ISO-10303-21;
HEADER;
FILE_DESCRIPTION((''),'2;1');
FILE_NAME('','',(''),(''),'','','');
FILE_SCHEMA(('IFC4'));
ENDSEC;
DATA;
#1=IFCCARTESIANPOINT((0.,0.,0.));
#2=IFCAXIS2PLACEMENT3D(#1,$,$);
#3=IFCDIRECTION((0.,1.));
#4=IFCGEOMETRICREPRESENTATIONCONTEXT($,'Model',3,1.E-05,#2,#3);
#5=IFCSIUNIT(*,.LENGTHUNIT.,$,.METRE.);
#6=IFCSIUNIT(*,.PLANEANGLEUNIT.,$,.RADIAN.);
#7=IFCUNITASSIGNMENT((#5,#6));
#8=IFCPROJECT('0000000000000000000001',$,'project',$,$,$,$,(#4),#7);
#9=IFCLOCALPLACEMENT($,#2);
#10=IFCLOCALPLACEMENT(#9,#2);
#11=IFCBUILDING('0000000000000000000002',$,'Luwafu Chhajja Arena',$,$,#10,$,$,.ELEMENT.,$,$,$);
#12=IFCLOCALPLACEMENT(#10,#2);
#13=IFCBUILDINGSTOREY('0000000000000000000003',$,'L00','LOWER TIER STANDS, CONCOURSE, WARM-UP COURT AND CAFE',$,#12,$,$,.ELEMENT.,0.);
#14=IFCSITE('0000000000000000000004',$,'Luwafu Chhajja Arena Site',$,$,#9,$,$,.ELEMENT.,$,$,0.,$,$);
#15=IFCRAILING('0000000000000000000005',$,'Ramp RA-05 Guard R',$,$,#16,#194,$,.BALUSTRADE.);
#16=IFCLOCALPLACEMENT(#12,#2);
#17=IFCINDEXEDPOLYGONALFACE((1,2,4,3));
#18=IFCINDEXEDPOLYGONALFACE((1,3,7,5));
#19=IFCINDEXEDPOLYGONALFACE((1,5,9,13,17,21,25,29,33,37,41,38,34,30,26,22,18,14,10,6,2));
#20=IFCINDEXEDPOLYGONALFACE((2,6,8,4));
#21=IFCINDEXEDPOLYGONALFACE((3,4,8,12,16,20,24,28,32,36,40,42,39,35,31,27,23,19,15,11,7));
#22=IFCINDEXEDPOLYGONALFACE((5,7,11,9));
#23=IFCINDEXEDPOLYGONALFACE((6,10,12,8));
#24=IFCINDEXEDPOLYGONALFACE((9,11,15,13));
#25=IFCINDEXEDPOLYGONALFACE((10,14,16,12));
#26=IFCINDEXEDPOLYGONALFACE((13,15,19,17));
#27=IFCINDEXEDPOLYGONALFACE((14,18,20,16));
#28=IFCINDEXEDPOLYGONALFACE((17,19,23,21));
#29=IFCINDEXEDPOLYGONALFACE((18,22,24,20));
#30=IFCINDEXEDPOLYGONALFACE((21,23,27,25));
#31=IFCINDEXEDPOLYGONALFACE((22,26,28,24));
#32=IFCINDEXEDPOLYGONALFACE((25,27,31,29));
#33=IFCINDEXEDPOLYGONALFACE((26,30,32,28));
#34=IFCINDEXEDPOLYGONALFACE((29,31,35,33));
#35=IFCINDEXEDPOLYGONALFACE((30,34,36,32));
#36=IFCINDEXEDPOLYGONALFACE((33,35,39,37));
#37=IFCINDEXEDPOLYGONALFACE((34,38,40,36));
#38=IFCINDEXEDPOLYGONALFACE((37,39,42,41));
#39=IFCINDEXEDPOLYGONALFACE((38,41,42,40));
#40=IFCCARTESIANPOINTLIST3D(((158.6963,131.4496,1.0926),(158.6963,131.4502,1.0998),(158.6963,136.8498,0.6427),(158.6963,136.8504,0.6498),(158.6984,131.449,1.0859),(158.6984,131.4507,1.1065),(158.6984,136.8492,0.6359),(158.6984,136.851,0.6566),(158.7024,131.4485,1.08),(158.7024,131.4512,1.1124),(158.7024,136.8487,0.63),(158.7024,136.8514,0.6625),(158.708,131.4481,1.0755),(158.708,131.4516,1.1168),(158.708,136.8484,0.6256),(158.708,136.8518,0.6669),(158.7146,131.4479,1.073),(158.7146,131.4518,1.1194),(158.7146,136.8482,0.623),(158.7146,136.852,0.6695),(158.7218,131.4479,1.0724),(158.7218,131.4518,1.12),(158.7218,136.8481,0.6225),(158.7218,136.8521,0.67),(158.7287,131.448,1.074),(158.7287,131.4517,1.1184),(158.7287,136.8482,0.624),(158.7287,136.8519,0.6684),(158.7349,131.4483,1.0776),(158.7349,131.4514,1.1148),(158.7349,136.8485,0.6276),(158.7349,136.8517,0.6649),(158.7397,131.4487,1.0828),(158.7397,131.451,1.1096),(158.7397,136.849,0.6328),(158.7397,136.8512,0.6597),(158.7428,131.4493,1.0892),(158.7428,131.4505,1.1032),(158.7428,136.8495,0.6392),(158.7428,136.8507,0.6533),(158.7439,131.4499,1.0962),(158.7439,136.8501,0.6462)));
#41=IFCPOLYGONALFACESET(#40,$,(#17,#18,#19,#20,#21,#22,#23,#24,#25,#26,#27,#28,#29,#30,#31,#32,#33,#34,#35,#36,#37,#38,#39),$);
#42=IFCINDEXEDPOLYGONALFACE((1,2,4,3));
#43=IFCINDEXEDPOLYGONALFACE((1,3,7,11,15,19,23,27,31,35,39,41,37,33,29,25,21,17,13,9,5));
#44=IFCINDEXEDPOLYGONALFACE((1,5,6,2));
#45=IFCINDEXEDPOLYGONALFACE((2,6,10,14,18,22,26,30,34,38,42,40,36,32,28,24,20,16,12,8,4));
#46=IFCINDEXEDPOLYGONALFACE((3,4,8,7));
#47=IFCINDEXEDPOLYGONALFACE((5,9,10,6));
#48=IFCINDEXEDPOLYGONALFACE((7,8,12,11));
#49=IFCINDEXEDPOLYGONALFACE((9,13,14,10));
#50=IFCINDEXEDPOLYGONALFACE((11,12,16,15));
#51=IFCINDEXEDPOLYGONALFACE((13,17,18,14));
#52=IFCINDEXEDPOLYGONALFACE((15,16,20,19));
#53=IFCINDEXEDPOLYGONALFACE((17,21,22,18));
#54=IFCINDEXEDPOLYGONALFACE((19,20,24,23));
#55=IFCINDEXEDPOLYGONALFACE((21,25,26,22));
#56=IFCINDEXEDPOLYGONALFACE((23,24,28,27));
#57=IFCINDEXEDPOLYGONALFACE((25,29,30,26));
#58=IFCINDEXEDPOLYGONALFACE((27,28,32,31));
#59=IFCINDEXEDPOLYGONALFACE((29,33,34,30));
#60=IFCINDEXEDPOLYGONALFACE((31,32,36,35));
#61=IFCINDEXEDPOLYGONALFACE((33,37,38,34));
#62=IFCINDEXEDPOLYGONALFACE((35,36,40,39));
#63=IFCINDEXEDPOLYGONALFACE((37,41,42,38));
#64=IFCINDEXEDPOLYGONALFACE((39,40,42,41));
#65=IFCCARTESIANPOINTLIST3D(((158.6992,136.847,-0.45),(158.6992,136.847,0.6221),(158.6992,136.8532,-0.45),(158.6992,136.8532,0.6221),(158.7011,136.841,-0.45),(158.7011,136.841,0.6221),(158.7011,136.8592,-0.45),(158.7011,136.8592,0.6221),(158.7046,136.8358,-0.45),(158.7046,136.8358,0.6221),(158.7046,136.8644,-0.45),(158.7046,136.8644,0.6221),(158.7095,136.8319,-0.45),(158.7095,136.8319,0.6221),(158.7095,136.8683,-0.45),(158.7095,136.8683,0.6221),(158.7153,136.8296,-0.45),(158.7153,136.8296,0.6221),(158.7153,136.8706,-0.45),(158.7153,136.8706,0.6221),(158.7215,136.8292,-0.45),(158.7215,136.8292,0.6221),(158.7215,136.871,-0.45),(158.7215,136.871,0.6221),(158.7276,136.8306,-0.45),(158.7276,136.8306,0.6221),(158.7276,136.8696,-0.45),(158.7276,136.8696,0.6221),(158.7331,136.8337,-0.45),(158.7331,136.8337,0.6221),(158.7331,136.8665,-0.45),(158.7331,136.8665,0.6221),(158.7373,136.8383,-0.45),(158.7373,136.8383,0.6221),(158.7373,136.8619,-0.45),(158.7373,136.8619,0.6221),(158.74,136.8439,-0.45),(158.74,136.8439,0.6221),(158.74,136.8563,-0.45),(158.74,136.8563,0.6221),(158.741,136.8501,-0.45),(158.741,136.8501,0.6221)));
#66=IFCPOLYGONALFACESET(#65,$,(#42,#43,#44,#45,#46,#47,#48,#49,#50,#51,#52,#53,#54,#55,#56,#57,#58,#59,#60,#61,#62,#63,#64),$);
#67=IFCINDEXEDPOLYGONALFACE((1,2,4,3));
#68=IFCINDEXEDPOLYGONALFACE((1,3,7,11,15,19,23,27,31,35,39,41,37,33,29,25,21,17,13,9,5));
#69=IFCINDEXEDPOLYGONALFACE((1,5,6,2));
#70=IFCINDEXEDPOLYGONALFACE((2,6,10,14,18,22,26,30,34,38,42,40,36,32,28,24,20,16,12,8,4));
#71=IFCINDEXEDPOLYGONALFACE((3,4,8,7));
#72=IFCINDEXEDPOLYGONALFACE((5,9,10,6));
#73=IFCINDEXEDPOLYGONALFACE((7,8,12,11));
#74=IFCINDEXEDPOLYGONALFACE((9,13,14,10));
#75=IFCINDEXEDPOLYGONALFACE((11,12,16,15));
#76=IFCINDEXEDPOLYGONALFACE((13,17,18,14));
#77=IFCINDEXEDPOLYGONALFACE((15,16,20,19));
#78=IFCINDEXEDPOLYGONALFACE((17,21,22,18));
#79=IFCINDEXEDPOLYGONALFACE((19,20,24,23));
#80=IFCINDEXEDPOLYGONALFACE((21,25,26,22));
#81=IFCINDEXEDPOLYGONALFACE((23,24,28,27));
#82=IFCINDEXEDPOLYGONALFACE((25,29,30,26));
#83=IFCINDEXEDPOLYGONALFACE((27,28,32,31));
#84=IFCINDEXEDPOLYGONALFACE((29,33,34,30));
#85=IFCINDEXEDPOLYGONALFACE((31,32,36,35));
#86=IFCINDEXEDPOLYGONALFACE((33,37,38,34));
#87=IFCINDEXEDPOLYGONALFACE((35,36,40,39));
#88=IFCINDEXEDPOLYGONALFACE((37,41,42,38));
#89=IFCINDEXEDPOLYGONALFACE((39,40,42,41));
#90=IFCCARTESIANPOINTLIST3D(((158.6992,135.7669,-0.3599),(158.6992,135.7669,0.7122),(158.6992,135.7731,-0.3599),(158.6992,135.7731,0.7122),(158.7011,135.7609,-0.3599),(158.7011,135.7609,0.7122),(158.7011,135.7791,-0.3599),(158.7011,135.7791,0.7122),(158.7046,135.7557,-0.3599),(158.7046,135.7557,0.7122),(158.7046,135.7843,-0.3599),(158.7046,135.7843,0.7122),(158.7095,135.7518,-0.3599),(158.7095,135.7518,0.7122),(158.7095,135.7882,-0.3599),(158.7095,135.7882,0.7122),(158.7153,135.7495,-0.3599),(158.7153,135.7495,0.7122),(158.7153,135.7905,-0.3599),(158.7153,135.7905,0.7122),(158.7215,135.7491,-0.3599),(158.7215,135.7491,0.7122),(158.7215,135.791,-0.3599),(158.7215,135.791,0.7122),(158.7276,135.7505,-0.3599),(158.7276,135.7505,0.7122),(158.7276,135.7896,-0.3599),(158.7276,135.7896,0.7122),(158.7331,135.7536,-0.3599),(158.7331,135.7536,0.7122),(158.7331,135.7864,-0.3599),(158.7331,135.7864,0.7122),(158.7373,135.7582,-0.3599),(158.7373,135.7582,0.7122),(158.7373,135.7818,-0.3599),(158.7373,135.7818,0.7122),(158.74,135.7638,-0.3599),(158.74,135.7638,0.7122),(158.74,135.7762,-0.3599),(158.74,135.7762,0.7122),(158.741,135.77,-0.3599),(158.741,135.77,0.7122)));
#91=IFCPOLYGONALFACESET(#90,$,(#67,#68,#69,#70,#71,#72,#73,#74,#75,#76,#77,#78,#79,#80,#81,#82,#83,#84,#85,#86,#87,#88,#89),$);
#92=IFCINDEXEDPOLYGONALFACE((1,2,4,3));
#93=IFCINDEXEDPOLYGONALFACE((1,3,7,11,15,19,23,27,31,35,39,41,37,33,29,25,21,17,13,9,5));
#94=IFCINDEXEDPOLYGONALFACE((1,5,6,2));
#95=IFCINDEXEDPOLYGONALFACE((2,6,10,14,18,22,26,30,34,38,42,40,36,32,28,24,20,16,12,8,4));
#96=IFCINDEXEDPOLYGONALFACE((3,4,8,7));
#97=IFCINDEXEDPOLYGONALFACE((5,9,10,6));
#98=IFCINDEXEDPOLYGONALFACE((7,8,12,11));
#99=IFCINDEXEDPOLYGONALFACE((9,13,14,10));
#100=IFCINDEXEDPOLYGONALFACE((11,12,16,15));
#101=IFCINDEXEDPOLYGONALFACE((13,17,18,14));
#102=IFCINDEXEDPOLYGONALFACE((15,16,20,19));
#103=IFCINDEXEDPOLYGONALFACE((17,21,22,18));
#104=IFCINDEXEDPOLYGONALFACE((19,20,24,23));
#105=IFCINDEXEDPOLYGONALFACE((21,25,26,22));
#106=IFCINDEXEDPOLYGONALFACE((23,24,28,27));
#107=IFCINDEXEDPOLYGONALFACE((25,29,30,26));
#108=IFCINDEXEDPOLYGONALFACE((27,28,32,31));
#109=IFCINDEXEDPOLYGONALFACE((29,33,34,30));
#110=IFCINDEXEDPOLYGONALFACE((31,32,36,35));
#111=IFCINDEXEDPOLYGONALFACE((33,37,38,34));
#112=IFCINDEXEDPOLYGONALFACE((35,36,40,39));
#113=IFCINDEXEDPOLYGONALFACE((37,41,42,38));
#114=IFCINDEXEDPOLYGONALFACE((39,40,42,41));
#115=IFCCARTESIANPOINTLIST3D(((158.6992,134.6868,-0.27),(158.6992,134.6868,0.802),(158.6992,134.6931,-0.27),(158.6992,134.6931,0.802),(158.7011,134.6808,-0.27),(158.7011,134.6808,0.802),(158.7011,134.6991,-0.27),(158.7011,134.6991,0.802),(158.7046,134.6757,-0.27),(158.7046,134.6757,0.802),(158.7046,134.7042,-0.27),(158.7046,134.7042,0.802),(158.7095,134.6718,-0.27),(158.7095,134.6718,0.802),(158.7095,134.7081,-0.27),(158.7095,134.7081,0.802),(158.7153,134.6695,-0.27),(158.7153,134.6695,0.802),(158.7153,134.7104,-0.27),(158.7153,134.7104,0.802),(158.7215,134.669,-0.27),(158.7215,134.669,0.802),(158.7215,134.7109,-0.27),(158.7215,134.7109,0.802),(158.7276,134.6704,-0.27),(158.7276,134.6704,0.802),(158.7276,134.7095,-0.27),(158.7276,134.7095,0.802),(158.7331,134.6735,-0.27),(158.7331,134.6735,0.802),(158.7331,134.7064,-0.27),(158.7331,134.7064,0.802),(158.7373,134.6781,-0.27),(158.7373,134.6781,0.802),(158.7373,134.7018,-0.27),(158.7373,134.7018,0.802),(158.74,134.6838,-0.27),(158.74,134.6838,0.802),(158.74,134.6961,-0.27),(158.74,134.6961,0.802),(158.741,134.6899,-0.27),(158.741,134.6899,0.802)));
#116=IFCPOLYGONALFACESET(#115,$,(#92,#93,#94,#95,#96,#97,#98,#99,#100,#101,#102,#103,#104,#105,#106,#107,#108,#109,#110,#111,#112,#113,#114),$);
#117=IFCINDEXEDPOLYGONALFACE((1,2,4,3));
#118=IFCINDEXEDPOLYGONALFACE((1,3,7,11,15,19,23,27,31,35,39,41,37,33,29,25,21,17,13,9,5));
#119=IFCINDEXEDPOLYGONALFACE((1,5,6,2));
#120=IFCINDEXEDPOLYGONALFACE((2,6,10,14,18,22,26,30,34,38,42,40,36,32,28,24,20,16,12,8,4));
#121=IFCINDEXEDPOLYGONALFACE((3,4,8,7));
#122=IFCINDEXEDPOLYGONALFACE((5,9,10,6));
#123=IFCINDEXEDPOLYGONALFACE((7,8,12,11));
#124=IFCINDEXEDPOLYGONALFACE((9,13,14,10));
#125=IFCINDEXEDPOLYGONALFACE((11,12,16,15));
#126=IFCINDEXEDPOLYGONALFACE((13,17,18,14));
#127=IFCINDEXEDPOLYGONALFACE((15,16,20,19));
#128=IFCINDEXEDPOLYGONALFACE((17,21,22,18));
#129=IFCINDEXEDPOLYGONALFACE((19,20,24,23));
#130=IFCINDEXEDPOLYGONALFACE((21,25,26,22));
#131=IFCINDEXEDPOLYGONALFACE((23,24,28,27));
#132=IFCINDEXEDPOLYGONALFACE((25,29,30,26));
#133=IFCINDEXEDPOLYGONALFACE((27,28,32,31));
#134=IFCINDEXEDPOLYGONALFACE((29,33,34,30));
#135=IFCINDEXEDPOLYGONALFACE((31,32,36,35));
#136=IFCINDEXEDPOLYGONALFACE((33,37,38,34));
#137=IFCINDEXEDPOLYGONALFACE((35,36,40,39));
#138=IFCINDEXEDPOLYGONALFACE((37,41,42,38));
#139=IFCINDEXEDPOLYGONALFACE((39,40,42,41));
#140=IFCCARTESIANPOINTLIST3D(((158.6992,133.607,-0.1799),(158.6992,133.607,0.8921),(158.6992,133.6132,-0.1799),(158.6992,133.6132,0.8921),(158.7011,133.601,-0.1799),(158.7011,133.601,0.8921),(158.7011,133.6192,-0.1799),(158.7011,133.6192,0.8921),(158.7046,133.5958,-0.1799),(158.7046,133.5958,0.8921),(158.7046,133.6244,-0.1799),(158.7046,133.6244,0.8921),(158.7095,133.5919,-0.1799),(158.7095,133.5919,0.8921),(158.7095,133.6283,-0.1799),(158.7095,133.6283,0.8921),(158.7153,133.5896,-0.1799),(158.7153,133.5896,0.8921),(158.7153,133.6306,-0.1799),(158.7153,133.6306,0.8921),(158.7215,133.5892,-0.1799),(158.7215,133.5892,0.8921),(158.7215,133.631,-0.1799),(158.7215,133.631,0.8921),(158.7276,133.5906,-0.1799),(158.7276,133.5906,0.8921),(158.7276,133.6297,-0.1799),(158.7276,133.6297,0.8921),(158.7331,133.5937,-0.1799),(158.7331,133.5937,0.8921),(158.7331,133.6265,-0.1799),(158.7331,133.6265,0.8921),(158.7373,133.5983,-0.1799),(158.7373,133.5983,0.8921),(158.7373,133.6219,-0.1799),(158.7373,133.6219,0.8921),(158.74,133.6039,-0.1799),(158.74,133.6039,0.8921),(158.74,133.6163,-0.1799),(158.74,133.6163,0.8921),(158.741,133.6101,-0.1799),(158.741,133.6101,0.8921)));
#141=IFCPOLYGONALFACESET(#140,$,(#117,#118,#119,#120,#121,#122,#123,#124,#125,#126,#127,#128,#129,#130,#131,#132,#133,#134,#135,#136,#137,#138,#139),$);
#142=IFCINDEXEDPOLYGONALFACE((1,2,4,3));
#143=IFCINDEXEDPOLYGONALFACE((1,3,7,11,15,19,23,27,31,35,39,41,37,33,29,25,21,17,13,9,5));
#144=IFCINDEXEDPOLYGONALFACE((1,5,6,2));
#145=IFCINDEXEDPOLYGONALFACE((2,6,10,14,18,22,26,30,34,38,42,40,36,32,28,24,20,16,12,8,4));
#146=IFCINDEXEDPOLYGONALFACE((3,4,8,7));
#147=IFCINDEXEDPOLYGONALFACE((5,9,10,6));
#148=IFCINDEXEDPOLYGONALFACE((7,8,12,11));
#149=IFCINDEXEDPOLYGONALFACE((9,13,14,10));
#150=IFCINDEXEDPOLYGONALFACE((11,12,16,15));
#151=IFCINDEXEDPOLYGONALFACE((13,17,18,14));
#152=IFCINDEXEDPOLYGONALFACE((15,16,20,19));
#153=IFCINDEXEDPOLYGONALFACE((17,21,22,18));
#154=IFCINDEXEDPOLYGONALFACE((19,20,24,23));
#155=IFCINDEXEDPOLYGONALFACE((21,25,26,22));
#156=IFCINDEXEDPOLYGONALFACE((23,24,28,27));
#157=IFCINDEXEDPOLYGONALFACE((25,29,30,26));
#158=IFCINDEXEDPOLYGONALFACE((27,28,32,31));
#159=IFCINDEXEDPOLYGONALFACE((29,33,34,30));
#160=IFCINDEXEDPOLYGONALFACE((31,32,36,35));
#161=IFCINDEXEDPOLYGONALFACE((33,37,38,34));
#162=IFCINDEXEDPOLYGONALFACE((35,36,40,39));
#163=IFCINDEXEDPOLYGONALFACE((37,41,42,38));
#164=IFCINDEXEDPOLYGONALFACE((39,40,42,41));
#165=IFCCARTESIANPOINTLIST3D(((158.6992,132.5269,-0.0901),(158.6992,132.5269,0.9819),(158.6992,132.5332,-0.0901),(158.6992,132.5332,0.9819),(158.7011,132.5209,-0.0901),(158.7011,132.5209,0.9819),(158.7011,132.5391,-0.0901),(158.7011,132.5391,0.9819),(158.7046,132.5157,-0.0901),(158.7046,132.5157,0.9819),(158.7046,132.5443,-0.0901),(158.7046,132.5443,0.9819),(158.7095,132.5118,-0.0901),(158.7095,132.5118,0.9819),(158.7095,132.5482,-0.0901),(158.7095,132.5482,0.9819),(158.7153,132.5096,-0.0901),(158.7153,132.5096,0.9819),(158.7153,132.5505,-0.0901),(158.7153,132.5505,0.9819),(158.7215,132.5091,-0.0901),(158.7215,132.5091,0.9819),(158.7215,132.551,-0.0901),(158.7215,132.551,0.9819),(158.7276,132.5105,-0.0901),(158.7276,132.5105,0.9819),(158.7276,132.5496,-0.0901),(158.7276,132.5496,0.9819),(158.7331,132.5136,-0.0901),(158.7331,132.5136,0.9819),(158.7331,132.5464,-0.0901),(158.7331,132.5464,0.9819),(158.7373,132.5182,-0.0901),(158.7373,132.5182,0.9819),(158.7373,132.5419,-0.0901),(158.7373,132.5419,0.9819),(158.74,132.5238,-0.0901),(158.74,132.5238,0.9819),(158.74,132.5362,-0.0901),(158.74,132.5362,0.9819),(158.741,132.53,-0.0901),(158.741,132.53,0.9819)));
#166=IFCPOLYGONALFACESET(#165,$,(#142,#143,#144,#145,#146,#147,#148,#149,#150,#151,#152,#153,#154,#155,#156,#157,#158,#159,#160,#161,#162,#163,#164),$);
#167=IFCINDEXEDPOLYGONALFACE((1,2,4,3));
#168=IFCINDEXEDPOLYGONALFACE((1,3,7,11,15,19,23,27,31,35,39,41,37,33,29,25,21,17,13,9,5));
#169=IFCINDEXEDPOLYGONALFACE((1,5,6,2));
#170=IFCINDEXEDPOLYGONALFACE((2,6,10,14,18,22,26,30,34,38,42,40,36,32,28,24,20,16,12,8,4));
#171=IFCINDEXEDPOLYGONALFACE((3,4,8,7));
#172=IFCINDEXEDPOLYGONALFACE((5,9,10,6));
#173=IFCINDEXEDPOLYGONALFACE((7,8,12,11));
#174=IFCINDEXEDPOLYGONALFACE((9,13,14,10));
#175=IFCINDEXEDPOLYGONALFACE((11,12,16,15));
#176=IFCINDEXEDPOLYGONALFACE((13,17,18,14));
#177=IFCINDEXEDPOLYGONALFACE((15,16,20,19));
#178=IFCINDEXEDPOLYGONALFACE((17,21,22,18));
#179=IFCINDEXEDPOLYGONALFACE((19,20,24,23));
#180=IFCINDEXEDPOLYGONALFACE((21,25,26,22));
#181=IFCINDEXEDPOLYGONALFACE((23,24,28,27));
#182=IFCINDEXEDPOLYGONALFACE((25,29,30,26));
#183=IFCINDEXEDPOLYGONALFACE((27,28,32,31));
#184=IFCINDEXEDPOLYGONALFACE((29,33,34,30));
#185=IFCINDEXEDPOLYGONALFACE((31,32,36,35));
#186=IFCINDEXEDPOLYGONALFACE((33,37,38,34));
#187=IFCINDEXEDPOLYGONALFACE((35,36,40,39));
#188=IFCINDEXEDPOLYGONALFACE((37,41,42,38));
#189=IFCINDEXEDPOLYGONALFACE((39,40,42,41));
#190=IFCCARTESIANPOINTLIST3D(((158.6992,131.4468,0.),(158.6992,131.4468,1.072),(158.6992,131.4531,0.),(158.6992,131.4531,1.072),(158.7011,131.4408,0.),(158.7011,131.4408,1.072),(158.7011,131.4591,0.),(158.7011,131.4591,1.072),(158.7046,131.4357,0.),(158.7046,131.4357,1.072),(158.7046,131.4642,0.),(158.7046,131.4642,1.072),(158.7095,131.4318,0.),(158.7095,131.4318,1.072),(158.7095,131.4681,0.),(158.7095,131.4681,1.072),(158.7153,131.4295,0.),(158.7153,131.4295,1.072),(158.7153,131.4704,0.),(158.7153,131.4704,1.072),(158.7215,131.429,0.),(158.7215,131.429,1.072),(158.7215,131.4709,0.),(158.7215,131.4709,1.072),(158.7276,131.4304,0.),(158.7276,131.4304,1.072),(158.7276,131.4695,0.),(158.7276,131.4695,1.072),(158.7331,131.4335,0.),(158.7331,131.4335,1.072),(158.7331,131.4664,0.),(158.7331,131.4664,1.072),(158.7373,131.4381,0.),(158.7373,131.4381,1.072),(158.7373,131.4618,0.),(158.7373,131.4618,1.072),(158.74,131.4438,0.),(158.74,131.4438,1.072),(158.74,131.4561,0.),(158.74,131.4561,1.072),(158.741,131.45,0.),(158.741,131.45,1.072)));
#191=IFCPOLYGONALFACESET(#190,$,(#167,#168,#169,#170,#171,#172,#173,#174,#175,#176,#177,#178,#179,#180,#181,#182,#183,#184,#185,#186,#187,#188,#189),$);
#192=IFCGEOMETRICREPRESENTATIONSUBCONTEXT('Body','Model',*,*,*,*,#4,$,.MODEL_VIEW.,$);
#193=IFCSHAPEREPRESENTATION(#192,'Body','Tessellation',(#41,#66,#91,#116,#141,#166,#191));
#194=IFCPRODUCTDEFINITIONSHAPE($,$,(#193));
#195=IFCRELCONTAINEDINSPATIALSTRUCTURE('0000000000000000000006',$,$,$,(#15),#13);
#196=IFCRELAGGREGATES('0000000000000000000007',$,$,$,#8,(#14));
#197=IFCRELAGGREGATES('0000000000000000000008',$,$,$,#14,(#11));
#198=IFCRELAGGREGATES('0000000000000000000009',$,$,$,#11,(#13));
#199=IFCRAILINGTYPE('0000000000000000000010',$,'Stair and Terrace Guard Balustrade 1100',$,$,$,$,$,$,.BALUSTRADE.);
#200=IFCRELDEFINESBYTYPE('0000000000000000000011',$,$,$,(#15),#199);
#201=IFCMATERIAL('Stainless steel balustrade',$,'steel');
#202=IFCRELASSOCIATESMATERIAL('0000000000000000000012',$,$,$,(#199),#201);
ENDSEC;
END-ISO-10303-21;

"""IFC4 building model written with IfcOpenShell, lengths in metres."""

from ifc_helpers import new_model, si_unit, direction, frame, origin, origin_2d, place, context, subcontext, project, spatial, circle, extrude, material, type_object, element, save


model = new_model("IFC4")

# Units and contexts
model_context = context("Model", 3, precision=1e-05, world=origin(), true_north=direction((0.0, 1.0)))
body_context = subcontext(model_context, "Body", "Model", "MODEL_VIEW")
ifc_project = project(units=[si_unit("LENGTHUNIT", "METRE"), si_unit("PLANEANGLEUNIT", "RADIAN")], contexts=[model_context])

# Site, building, storey
site_placement = place(None, origin())
site = spatial("IfcSite", under=ifc_project, at=site_placement, Name="Luwafu Chhajja Arena Site", CompositionType="ELEMENT", RefElevation=0.0)
building_placement = place(site_placement, origin())
building = spatial("IfcBuilding", under=site, at=building_placement, Name="Luwafu Chhajja Arena", CompositionType="ELEMENT")
storey_placement = place(building_placement, origin())
storey = spatial("IfcBuildingStorey", under=building, at=storey_placement, Name="L00", Description="LOWER TIER STANDS, CONCOURSE, WARM-UP COURT AND CAFE", CompositionType="ELEMENT", Elevation=0.0)

# Railing
ifc_material_1 = material(Name="Stainless steel balustrade", Category="steel")
railing_type = type_object("IfcRailingType", Name="Stair and Terrace Guard Balustrade 1100", PredefinedType="BALUSTRADE", material=ifc_material_1)
railing_placement = place(storey_placement, frame((158.72, 136.8501, -0.45)))
element("IfcRailing", 1, at=railing_placement, inside=storey, type_object=railing_type, Name="Ramp RA-05 Guard R", PredefinedType="BALUSTRADE", context=body_context, shape_type="SweptSolid", body=[
    extrude(circle(Radius=0.0239, at=origin_2d()), frame((0.0, 0.0, 1.0962), z_axis=(0.0, -0.996547, 0.083034), x_axis=(1.0, 0.0, 0.0)), (0.0, 0.0, 1.0), 5.4189),
    extrude(circle(Radius=0.021, at=origin_2d()), origin(), (0.0, 0.0, 1.0), 1.072),
    extrude(circle(Radius=0.021, at=origin_2d()), frame((0.0, -1.0801, 0.0901)), (0.0, 0.0, 1.0), 1.072),
    extrude(circle(Radius=0.021, at=origin_2d()), frame((0.0, -2.1602, 0.1799)), (0.0, 0.0, 1.0), 1.072),
    extrude(circle(Radius=0.021, at=origin_2d()), frame((0.0, -3.24, 0.27)), (0.0, 0.0, 1.0), 1.072),
    extrude(circle(Radius=0.021, at=origin_2d()), frame((0.0, -4.3201, 0.3599)), (0.0, 0.0, 1.0), 1.072),
    extrude(circle(Radius=0.021, at=origin_2d()), frame((0.0, -5.4001, 0.45)), (0.0, 0.0, 1.0), 1.072),
])

save(model, "model.ifc")
